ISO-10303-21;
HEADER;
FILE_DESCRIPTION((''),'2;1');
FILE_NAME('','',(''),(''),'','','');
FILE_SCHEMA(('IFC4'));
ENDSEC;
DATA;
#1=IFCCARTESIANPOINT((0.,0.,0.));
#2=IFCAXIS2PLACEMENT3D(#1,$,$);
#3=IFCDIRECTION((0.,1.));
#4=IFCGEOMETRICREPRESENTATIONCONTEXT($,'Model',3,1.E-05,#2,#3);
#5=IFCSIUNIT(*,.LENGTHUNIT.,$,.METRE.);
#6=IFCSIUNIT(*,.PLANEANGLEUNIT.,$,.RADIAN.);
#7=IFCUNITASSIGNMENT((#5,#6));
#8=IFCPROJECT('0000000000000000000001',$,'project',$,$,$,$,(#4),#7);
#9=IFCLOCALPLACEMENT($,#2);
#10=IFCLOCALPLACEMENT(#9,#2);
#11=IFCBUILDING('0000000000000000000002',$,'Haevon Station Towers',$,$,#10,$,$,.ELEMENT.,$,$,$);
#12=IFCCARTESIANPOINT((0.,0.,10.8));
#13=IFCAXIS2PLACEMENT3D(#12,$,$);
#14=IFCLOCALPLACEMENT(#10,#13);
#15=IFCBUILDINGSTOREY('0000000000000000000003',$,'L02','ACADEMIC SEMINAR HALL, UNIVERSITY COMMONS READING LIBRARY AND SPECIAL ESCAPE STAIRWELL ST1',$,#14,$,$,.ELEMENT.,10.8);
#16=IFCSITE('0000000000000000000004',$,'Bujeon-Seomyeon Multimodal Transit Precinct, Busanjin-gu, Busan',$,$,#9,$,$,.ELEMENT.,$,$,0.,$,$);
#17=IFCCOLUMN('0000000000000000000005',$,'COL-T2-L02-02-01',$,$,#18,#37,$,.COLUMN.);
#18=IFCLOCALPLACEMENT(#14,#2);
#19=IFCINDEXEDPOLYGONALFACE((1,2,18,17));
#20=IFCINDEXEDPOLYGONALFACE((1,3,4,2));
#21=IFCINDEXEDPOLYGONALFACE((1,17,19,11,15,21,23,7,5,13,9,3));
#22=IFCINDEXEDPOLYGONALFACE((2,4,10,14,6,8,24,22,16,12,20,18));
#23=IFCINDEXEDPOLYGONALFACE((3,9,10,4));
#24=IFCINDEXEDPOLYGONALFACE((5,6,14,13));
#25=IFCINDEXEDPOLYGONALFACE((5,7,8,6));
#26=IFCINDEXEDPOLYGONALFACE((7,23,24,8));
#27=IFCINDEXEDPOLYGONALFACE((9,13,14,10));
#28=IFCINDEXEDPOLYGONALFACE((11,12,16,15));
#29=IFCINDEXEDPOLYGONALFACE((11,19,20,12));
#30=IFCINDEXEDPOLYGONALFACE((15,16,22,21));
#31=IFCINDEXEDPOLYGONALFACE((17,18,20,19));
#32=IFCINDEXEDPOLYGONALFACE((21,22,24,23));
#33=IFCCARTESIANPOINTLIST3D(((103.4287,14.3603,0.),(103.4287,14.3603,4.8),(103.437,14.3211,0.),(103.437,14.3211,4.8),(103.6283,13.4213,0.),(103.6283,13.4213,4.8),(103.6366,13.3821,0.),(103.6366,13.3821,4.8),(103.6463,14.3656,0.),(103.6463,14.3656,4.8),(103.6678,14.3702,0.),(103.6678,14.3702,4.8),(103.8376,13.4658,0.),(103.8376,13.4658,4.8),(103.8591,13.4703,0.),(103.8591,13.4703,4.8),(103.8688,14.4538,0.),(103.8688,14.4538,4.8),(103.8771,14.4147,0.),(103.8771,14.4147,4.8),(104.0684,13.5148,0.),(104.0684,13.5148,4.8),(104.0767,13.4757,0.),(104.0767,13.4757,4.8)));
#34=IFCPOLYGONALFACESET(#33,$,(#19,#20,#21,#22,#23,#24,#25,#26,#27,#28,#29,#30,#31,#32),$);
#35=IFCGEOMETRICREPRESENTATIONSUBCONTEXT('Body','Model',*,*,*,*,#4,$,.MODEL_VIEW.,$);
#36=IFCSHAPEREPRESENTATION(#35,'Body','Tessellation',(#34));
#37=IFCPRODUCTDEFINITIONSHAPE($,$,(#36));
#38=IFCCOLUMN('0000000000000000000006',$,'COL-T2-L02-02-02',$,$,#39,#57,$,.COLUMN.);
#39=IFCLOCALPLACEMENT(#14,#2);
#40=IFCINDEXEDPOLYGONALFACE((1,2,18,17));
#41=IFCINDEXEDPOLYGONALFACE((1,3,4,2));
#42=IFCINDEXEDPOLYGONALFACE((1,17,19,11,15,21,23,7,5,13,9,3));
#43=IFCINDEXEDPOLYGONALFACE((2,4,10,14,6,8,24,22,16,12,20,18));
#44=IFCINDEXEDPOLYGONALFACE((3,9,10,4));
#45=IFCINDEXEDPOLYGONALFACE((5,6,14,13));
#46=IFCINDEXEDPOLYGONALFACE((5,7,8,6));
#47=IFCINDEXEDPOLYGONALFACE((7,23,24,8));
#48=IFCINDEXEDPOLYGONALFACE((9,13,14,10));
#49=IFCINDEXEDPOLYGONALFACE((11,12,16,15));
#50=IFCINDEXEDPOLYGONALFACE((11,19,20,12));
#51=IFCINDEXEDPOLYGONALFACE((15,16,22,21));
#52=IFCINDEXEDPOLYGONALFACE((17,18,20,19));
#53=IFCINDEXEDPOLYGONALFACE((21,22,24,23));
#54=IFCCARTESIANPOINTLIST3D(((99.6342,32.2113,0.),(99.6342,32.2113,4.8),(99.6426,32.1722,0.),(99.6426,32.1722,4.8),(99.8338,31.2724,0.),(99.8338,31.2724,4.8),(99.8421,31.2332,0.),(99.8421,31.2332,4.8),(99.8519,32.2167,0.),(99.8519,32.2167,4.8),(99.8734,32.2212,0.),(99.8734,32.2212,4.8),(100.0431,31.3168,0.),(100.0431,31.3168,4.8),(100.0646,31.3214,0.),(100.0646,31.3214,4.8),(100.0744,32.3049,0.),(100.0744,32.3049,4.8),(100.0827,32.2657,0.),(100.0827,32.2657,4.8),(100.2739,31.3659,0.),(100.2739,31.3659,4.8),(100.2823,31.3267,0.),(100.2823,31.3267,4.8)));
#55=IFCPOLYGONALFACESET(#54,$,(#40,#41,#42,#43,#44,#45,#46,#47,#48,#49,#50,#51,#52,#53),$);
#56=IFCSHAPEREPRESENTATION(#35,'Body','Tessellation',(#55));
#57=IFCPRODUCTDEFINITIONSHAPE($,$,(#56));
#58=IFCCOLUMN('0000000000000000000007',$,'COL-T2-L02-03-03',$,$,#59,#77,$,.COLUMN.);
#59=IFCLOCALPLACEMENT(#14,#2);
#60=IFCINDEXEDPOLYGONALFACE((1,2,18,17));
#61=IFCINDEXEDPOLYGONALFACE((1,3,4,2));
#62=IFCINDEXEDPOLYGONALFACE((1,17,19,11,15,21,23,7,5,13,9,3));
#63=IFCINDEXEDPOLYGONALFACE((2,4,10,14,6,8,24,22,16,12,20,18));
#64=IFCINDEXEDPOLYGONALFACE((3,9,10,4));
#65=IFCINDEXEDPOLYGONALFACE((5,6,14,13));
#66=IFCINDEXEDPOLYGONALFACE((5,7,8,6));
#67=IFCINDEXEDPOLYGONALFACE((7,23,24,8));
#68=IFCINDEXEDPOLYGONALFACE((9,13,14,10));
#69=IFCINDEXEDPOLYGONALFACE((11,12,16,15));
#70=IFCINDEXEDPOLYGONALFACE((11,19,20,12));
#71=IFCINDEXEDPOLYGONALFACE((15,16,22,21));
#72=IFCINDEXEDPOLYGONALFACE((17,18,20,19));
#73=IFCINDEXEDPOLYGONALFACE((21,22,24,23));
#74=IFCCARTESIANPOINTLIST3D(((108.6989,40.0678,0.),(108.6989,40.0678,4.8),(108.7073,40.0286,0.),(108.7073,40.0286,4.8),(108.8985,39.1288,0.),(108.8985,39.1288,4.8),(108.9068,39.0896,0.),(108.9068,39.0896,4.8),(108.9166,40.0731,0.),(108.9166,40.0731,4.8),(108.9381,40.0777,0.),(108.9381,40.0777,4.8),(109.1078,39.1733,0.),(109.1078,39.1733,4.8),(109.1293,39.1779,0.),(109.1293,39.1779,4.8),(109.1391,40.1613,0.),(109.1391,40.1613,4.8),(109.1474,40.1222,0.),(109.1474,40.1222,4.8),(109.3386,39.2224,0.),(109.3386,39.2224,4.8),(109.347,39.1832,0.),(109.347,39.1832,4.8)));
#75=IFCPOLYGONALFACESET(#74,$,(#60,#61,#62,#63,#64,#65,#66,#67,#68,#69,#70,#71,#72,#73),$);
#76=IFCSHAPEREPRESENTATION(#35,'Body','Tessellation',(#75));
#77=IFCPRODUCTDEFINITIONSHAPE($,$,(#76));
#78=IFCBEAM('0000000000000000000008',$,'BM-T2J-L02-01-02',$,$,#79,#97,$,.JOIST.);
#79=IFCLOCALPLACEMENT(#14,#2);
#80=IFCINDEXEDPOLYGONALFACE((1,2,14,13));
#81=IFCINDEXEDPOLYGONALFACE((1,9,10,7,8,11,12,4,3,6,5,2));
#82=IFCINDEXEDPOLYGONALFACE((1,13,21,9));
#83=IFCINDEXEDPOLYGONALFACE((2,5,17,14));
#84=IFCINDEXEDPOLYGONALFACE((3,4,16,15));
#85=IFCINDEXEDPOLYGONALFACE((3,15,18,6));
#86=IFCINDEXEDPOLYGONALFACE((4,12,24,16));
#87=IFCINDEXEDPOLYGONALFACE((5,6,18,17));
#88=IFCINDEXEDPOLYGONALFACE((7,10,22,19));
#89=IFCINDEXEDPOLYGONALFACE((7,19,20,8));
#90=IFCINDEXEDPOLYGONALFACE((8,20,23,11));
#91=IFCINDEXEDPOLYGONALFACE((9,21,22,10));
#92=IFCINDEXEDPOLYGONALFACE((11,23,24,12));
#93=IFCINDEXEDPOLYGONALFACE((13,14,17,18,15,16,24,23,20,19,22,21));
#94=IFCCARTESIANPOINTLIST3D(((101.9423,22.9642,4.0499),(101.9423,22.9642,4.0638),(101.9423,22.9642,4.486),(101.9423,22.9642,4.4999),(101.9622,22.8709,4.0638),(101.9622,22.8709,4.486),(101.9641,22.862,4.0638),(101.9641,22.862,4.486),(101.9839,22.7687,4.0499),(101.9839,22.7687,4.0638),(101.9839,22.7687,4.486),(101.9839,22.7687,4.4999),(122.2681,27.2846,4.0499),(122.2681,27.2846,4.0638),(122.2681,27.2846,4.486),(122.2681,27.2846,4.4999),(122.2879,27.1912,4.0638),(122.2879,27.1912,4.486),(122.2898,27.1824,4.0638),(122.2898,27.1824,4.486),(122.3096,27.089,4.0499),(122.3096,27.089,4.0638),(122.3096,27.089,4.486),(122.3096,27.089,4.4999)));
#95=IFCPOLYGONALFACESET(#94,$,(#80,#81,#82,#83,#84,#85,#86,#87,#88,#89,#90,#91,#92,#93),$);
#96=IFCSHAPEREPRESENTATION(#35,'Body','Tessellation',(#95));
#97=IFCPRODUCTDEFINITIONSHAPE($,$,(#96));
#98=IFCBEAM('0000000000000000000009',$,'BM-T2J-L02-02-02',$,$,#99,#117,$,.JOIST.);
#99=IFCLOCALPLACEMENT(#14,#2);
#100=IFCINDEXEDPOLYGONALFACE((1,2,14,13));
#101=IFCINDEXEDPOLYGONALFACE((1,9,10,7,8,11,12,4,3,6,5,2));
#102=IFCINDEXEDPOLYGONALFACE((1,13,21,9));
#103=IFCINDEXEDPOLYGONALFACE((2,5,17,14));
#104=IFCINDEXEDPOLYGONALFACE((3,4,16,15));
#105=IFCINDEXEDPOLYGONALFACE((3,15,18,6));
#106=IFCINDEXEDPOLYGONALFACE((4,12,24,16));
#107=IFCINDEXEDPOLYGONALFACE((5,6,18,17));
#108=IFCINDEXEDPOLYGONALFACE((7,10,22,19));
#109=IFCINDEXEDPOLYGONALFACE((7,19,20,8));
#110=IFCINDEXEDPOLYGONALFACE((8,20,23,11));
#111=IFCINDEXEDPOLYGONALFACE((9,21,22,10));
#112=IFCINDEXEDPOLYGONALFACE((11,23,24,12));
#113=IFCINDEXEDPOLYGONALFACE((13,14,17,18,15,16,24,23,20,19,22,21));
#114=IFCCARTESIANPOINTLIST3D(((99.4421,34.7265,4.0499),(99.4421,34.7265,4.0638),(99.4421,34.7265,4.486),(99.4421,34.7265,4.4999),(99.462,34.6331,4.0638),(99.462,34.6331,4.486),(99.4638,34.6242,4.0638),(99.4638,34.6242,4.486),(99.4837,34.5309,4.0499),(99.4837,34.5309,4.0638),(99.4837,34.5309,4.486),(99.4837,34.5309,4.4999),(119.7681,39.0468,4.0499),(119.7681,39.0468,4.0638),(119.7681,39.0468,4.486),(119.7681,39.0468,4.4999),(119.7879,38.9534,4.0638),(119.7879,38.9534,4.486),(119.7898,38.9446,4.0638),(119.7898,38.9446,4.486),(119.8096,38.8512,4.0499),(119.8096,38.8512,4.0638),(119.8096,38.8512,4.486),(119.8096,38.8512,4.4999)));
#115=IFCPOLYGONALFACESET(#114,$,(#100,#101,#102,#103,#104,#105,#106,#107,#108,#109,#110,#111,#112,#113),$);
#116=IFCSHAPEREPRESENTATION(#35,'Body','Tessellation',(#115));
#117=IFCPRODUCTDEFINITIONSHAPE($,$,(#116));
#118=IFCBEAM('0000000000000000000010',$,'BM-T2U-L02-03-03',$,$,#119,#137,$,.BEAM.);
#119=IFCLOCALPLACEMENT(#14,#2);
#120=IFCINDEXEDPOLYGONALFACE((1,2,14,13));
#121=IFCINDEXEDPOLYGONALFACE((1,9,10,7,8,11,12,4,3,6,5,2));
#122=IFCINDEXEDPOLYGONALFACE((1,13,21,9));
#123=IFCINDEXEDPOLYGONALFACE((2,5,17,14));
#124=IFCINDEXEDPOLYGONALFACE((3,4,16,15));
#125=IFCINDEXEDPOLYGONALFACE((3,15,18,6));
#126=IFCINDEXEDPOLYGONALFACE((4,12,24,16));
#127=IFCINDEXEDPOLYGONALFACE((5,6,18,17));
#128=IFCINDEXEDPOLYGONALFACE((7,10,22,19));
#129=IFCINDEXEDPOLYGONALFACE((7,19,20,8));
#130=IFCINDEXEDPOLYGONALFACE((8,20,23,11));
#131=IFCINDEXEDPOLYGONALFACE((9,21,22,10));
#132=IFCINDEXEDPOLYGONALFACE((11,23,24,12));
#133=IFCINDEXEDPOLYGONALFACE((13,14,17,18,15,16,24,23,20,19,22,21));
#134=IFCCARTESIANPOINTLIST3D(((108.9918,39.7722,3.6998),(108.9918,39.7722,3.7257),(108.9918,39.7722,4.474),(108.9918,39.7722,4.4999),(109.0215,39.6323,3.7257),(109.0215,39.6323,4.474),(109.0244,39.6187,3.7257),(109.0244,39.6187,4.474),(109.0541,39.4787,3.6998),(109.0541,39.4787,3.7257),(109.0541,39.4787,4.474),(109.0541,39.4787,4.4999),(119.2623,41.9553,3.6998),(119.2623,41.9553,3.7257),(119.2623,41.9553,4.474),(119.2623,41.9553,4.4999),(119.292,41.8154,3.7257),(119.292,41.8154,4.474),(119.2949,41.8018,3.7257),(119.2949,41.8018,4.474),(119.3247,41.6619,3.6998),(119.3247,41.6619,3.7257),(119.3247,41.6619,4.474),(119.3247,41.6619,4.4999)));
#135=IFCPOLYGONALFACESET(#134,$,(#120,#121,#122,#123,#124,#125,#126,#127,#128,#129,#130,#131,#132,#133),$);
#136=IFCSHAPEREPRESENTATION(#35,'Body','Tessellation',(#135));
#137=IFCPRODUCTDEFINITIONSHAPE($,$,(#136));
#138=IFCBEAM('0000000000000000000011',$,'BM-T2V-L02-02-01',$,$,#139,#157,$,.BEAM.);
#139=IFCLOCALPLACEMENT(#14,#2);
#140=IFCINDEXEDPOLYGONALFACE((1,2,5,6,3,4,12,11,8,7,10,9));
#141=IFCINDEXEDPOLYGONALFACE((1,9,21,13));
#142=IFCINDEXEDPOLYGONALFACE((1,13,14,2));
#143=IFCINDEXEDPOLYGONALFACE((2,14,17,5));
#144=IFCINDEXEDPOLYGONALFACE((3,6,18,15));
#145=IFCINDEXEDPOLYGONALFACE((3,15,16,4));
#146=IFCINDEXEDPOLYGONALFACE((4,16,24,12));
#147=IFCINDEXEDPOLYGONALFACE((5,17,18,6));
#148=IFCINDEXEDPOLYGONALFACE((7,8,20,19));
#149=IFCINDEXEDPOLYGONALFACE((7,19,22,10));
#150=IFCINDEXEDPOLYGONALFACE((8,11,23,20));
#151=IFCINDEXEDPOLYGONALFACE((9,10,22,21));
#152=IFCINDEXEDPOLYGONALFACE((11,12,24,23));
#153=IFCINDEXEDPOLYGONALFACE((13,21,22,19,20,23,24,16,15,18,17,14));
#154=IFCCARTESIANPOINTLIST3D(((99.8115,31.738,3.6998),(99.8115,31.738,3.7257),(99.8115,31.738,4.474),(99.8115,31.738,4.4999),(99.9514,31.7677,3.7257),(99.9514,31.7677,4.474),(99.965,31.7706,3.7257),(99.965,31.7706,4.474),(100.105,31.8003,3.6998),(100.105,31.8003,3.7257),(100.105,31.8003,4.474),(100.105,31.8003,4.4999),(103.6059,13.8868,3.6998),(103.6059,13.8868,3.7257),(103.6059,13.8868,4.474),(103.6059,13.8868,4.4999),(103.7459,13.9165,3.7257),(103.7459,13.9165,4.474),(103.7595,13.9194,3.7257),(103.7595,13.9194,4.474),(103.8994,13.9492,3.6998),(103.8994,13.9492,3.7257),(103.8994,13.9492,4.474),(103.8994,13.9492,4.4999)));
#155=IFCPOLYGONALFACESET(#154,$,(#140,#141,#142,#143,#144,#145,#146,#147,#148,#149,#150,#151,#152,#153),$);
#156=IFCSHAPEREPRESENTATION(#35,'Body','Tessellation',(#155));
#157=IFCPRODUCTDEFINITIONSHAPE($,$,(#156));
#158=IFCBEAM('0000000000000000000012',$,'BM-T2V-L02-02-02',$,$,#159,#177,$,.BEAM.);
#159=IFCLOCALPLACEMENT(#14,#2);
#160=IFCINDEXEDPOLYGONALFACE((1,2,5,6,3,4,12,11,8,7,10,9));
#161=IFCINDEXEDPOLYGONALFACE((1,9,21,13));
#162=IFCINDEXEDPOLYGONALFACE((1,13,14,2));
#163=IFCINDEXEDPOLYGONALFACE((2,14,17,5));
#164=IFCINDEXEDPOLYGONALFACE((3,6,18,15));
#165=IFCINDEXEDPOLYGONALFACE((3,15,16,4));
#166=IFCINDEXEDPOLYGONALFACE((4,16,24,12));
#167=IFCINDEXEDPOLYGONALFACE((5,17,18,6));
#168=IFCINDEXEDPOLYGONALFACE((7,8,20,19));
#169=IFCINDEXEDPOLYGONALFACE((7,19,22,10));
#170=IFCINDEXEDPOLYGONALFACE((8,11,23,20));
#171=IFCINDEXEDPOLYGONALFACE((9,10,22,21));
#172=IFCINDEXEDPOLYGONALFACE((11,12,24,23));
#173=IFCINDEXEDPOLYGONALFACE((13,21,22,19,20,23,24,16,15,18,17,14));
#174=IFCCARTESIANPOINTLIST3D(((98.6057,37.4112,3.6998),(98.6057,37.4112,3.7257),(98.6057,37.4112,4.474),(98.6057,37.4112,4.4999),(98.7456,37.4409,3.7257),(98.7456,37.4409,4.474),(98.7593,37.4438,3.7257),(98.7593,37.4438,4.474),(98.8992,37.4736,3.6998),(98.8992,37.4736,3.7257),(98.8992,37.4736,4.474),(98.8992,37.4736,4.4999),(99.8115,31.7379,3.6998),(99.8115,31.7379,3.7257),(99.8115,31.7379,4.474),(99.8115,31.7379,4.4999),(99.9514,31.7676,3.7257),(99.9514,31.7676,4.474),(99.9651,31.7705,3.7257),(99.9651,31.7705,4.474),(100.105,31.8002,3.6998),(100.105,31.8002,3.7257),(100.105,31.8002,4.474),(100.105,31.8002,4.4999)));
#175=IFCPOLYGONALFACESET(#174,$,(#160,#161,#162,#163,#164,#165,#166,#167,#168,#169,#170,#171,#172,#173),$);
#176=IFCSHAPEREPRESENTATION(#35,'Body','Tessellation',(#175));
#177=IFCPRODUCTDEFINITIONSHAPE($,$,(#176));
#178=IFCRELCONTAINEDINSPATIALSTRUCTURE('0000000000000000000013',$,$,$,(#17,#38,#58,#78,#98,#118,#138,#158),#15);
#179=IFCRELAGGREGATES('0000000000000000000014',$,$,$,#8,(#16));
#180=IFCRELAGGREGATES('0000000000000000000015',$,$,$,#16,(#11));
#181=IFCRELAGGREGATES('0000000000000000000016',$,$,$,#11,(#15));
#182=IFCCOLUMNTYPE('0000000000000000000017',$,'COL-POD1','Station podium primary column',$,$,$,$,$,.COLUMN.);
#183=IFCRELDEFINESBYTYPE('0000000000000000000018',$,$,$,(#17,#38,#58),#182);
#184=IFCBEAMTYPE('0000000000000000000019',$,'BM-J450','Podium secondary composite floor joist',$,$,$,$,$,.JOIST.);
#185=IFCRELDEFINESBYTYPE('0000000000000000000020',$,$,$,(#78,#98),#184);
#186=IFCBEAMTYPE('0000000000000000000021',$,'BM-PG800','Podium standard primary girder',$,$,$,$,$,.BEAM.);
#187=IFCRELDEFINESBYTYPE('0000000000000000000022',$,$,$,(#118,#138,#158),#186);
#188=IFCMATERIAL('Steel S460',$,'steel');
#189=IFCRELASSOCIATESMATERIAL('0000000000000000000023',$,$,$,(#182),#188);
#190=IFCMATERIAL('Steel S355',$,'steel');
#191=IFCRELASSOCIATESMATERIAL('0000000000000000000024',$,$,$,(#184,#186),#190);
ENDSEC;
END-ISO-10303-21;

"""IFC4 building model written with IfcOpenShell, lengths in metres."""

from ifc_helpers import new_model, si_unit, direction, frame, origin, origin_2d, place, context, subcontext, project, spatial, i_section, extrude, material, material_profile, profile_set, type_object, element, save


model = new_model("IFC4")

# Units and contexts
model_context = context("Model", 3, precision=1e-05, world=origin(), true_north=direction((0.0, 1.0)))
body_context = subcontext(model_context, "Body", "Model", "MODEL_VIEW")
ifc_project = project(units=[si_unit("LENGTHUNIT", "METRE"), si_unit("PLANEANGLEUNIT", "RADIAN")], contexts=[model_context])

# Site, building, storey
site_placement = place(None, origin())
site = spatial("IfcSite", under=ifc_project, at=site_placement, Name="Bujeon-Seomyeon Multimodal Transit Precinct, Busanjin-gu, Busan", CompositionType="ELEMENT", RefElevation=0.0)
building_placement = place(site_placement, origin())
building = spatial("IfcBuilding", under=site, at=building_placement, Name="Haevon Station Towers", CompositionType="ELEMENT")
storey_placement = place(building_placement, frame((0.0, 0.0, 10.8)))
storey = spatial("IfcBuildingStorey", under=building, at=storey_placement, Name="L02", Description="ACADEMIC SEMINAR HALL, UNIVERSITY COMMONS READING LIBRARY AND SPECIAL ESCAPE STAIRWELL ST1", CompositionType="ELEMENT", Elevation=10.8)

# Columns
ifc_material_1 = material(Name="Steel S460", Category="steel")
ifc_material_profile_1 = material_profile(ifc_material_1, i_section(OverallWidth=0.45, OverallDepth=1.0, WebThickness=0.022, FlangeThickness=0.04, at=origin_2d()), Name="H-1000x450x22x40")
ifc_profile_set_1 = profile_set([ifc_material_profile_1], Name="Steel S460")
column_type = type_object("IfcColumnType", Name="COL-POD1", Description="Station podium primary column", PredefinedType="COLUMN", material=ifc_profile_set_1)
for number, where, z_axis, x_axis, name in (
    (1, (103.7527, 13.918, 0.0), (0.0, 0.0, 1.0), (0.978148, 0.207912, 0.0), "COL-T2-L02-02-01"),
    (2, (99.9583, 31.769, 0.0), (0.0, 0.0, 1.0), (0.978148, 0.207912, 0.0), "COL-T2-L02-02-02"),
    (3, (109.0229, 39.6255, 0.0), (0.0, 0.0, 1.0), (0.978148, 0.207912, 0.0), "COL-T2-L02-03-03"),
):
    element("IfcColumn", number, at=place(storey_placement, frame(where, z_axis=z_axis, x_axis=x_axis)), inside=storey, type_object=column_type, Name=name, PredefinedType="COLUMN", context=body_context, shape_type="SweptSolid", body=[
        extrude(i_section(OverallWidth=0.45, OverallDepth=1.0, WebThickness=0.022, FlangeThickness=0.04, at=origin_2d()), origin(), (0.0, 0.0, 1.0), 4.8),
    ])

# Beams
ifc_material_2 = material(Name="Steel S355", Category="steel")
ifc_material_profile_2 = material_profile(ifc_material_2, i_section(OverallWidth=0.2, OverallDepth=0.45, WebThickness=0.009, FlangeThickness=0.0139, at=origin_2d()), Name="H-450x200x9x14")
ifc_profile_set_2 = profile_set([ifc_material_profile_2], Name="Steel S355")
beam_type_1 = type_object("IfcBeamType", Name="BM-J450", Description="Podium secondary composite floor joist", PredefinedType="JOIST", material=ifc_profile_set_2)
beam_1_placement = place(storey_placement, frame((101.9631, 22.8665, 4.2749), z_axis=(0.978148, 0.20791, 0.0), x_axis=(-0.20791, 0.978148, 0.0)))
element("IfcBeam", 4, at=beam_1_placement, inside=storey, type_object=beam_type_1, Name="BM-T2J-L02-01-02", PredefinedType="JOIST", context=body_context, shape_type="SweptSolid", body=[
    extrude(i_section(OverallWidth=0.2, OverallDepth=0.45, WebThickness=0.009, FlangeThickness=0.0139, at=origin_2d()), origin(), (0.0, 0.0, 1.0), 20.7798),
])
beam_2_placement = place(storey_placement, frame((99.4629, 34.6287, 4.2749), z_axis=(0.978149, 0.207907, 0.0), x_axis=(-0.207907, 0.978149, 0.0)))
element("IfcBeam", 5, at=beam_2_placement, inside=storey, type_object=beam_type_1, Name="BM-T2J-L02-02-02", PredefinedType="JOIST", context=body_context, shape_type="SweptSolid", body=[
    extrude(i_section(OverallWidth=0.2, OverallDepth=0.45, WebThickness=0.009, FlangeThickness=0.0139, at=origin_2d()), origin(), (0.0, 0.0, 1.0), 20.78),
])
ifc_material_profile_3 = material_profile(ifc_material_2, i_section(OverallWidth=0.3, OverallDepth=0.8, WebThickness=0.0139, FlangeThickness=0.0259, at=origin_2d()), Name="H-800x300x14x26")
ifc_profile_set_3 = profile_set([ifc_material_profile_3], Name="Steel S355")
beam_type_2 = type_object("IfcBeamType", Name="BM-PG800", Description="Podium standard primary girder", PredefinedType="BEAM", material=ifc_profile_set_3)
beam_3_placement = place(storey_placement, frame((109.0229, 39.6255, 4.0999), z_axis=(0.978147, 0.207915, 0.0), x_axis=(-0.207915, 0.978147, 0.0)))
element("IfcBeam", 6, at=beam_3_placement, inside=storey, type_object=beam_type_2, Name="BM-T2U-L02-03-03", PredefinedType="BEAM", context=body_context, shape_type="SweptSolid", body=[
    extrude(i_section(OverallWidth=0.3, OverallDepth=0.8, WebThickness=0.0139, FlangeThickness=0.0259, at=origin_2d()), origin(), (0.0, 0.0, 1.0), 10.5),
])
beam_4_placement = place(storey_placement, frame((103.7527, 13.918, 4.0999), z_axis=(-0.207915, 0.978147, 0.0), x_axis=(-0.978147, -0.207915, 0.0)))
element("IfcBeam", 7, at=beam_4_placement, inside=storey, type_object=beam_type_2, Name="BM-T2V-L02-02-01", PredefinedType="BEAM", context=body_context, shape_type="SweptSolid", body=[
    extrude(i_section(OverallWidth=0.3, OverallDepth=0.8, WebThickness=0.0139, FlangeThickness=0.0259, at=origin_2d()), origin(), (0.0, 0.0, 1.0), 18.25),
])
beam_5_placement = place(storey_placement, frame((99.9583, 31.769, 4.0999), z_axis=(-0.207896, 0.978151, 0.0), x_axis=(-0.978151, -0.207896, 0.0)))
element("IfcBeam", 8, at=beam_5_placement, inside=storey, type_object=beam_type_2, Name="BM-T2V-L02-02-02", PredefinedType="BEAM", context=body_context, shape_type="SweptSolid", body=[
    extrude(i_section(OverallWidth=0.3, OverallDepth=0.8, WebThickness=0.0139, FlangeThickness=0.0259, at=origin_2d()), origin(), (0.0, 0.0, 1.0), 5.8),
])

save(model, "model.ifc")
